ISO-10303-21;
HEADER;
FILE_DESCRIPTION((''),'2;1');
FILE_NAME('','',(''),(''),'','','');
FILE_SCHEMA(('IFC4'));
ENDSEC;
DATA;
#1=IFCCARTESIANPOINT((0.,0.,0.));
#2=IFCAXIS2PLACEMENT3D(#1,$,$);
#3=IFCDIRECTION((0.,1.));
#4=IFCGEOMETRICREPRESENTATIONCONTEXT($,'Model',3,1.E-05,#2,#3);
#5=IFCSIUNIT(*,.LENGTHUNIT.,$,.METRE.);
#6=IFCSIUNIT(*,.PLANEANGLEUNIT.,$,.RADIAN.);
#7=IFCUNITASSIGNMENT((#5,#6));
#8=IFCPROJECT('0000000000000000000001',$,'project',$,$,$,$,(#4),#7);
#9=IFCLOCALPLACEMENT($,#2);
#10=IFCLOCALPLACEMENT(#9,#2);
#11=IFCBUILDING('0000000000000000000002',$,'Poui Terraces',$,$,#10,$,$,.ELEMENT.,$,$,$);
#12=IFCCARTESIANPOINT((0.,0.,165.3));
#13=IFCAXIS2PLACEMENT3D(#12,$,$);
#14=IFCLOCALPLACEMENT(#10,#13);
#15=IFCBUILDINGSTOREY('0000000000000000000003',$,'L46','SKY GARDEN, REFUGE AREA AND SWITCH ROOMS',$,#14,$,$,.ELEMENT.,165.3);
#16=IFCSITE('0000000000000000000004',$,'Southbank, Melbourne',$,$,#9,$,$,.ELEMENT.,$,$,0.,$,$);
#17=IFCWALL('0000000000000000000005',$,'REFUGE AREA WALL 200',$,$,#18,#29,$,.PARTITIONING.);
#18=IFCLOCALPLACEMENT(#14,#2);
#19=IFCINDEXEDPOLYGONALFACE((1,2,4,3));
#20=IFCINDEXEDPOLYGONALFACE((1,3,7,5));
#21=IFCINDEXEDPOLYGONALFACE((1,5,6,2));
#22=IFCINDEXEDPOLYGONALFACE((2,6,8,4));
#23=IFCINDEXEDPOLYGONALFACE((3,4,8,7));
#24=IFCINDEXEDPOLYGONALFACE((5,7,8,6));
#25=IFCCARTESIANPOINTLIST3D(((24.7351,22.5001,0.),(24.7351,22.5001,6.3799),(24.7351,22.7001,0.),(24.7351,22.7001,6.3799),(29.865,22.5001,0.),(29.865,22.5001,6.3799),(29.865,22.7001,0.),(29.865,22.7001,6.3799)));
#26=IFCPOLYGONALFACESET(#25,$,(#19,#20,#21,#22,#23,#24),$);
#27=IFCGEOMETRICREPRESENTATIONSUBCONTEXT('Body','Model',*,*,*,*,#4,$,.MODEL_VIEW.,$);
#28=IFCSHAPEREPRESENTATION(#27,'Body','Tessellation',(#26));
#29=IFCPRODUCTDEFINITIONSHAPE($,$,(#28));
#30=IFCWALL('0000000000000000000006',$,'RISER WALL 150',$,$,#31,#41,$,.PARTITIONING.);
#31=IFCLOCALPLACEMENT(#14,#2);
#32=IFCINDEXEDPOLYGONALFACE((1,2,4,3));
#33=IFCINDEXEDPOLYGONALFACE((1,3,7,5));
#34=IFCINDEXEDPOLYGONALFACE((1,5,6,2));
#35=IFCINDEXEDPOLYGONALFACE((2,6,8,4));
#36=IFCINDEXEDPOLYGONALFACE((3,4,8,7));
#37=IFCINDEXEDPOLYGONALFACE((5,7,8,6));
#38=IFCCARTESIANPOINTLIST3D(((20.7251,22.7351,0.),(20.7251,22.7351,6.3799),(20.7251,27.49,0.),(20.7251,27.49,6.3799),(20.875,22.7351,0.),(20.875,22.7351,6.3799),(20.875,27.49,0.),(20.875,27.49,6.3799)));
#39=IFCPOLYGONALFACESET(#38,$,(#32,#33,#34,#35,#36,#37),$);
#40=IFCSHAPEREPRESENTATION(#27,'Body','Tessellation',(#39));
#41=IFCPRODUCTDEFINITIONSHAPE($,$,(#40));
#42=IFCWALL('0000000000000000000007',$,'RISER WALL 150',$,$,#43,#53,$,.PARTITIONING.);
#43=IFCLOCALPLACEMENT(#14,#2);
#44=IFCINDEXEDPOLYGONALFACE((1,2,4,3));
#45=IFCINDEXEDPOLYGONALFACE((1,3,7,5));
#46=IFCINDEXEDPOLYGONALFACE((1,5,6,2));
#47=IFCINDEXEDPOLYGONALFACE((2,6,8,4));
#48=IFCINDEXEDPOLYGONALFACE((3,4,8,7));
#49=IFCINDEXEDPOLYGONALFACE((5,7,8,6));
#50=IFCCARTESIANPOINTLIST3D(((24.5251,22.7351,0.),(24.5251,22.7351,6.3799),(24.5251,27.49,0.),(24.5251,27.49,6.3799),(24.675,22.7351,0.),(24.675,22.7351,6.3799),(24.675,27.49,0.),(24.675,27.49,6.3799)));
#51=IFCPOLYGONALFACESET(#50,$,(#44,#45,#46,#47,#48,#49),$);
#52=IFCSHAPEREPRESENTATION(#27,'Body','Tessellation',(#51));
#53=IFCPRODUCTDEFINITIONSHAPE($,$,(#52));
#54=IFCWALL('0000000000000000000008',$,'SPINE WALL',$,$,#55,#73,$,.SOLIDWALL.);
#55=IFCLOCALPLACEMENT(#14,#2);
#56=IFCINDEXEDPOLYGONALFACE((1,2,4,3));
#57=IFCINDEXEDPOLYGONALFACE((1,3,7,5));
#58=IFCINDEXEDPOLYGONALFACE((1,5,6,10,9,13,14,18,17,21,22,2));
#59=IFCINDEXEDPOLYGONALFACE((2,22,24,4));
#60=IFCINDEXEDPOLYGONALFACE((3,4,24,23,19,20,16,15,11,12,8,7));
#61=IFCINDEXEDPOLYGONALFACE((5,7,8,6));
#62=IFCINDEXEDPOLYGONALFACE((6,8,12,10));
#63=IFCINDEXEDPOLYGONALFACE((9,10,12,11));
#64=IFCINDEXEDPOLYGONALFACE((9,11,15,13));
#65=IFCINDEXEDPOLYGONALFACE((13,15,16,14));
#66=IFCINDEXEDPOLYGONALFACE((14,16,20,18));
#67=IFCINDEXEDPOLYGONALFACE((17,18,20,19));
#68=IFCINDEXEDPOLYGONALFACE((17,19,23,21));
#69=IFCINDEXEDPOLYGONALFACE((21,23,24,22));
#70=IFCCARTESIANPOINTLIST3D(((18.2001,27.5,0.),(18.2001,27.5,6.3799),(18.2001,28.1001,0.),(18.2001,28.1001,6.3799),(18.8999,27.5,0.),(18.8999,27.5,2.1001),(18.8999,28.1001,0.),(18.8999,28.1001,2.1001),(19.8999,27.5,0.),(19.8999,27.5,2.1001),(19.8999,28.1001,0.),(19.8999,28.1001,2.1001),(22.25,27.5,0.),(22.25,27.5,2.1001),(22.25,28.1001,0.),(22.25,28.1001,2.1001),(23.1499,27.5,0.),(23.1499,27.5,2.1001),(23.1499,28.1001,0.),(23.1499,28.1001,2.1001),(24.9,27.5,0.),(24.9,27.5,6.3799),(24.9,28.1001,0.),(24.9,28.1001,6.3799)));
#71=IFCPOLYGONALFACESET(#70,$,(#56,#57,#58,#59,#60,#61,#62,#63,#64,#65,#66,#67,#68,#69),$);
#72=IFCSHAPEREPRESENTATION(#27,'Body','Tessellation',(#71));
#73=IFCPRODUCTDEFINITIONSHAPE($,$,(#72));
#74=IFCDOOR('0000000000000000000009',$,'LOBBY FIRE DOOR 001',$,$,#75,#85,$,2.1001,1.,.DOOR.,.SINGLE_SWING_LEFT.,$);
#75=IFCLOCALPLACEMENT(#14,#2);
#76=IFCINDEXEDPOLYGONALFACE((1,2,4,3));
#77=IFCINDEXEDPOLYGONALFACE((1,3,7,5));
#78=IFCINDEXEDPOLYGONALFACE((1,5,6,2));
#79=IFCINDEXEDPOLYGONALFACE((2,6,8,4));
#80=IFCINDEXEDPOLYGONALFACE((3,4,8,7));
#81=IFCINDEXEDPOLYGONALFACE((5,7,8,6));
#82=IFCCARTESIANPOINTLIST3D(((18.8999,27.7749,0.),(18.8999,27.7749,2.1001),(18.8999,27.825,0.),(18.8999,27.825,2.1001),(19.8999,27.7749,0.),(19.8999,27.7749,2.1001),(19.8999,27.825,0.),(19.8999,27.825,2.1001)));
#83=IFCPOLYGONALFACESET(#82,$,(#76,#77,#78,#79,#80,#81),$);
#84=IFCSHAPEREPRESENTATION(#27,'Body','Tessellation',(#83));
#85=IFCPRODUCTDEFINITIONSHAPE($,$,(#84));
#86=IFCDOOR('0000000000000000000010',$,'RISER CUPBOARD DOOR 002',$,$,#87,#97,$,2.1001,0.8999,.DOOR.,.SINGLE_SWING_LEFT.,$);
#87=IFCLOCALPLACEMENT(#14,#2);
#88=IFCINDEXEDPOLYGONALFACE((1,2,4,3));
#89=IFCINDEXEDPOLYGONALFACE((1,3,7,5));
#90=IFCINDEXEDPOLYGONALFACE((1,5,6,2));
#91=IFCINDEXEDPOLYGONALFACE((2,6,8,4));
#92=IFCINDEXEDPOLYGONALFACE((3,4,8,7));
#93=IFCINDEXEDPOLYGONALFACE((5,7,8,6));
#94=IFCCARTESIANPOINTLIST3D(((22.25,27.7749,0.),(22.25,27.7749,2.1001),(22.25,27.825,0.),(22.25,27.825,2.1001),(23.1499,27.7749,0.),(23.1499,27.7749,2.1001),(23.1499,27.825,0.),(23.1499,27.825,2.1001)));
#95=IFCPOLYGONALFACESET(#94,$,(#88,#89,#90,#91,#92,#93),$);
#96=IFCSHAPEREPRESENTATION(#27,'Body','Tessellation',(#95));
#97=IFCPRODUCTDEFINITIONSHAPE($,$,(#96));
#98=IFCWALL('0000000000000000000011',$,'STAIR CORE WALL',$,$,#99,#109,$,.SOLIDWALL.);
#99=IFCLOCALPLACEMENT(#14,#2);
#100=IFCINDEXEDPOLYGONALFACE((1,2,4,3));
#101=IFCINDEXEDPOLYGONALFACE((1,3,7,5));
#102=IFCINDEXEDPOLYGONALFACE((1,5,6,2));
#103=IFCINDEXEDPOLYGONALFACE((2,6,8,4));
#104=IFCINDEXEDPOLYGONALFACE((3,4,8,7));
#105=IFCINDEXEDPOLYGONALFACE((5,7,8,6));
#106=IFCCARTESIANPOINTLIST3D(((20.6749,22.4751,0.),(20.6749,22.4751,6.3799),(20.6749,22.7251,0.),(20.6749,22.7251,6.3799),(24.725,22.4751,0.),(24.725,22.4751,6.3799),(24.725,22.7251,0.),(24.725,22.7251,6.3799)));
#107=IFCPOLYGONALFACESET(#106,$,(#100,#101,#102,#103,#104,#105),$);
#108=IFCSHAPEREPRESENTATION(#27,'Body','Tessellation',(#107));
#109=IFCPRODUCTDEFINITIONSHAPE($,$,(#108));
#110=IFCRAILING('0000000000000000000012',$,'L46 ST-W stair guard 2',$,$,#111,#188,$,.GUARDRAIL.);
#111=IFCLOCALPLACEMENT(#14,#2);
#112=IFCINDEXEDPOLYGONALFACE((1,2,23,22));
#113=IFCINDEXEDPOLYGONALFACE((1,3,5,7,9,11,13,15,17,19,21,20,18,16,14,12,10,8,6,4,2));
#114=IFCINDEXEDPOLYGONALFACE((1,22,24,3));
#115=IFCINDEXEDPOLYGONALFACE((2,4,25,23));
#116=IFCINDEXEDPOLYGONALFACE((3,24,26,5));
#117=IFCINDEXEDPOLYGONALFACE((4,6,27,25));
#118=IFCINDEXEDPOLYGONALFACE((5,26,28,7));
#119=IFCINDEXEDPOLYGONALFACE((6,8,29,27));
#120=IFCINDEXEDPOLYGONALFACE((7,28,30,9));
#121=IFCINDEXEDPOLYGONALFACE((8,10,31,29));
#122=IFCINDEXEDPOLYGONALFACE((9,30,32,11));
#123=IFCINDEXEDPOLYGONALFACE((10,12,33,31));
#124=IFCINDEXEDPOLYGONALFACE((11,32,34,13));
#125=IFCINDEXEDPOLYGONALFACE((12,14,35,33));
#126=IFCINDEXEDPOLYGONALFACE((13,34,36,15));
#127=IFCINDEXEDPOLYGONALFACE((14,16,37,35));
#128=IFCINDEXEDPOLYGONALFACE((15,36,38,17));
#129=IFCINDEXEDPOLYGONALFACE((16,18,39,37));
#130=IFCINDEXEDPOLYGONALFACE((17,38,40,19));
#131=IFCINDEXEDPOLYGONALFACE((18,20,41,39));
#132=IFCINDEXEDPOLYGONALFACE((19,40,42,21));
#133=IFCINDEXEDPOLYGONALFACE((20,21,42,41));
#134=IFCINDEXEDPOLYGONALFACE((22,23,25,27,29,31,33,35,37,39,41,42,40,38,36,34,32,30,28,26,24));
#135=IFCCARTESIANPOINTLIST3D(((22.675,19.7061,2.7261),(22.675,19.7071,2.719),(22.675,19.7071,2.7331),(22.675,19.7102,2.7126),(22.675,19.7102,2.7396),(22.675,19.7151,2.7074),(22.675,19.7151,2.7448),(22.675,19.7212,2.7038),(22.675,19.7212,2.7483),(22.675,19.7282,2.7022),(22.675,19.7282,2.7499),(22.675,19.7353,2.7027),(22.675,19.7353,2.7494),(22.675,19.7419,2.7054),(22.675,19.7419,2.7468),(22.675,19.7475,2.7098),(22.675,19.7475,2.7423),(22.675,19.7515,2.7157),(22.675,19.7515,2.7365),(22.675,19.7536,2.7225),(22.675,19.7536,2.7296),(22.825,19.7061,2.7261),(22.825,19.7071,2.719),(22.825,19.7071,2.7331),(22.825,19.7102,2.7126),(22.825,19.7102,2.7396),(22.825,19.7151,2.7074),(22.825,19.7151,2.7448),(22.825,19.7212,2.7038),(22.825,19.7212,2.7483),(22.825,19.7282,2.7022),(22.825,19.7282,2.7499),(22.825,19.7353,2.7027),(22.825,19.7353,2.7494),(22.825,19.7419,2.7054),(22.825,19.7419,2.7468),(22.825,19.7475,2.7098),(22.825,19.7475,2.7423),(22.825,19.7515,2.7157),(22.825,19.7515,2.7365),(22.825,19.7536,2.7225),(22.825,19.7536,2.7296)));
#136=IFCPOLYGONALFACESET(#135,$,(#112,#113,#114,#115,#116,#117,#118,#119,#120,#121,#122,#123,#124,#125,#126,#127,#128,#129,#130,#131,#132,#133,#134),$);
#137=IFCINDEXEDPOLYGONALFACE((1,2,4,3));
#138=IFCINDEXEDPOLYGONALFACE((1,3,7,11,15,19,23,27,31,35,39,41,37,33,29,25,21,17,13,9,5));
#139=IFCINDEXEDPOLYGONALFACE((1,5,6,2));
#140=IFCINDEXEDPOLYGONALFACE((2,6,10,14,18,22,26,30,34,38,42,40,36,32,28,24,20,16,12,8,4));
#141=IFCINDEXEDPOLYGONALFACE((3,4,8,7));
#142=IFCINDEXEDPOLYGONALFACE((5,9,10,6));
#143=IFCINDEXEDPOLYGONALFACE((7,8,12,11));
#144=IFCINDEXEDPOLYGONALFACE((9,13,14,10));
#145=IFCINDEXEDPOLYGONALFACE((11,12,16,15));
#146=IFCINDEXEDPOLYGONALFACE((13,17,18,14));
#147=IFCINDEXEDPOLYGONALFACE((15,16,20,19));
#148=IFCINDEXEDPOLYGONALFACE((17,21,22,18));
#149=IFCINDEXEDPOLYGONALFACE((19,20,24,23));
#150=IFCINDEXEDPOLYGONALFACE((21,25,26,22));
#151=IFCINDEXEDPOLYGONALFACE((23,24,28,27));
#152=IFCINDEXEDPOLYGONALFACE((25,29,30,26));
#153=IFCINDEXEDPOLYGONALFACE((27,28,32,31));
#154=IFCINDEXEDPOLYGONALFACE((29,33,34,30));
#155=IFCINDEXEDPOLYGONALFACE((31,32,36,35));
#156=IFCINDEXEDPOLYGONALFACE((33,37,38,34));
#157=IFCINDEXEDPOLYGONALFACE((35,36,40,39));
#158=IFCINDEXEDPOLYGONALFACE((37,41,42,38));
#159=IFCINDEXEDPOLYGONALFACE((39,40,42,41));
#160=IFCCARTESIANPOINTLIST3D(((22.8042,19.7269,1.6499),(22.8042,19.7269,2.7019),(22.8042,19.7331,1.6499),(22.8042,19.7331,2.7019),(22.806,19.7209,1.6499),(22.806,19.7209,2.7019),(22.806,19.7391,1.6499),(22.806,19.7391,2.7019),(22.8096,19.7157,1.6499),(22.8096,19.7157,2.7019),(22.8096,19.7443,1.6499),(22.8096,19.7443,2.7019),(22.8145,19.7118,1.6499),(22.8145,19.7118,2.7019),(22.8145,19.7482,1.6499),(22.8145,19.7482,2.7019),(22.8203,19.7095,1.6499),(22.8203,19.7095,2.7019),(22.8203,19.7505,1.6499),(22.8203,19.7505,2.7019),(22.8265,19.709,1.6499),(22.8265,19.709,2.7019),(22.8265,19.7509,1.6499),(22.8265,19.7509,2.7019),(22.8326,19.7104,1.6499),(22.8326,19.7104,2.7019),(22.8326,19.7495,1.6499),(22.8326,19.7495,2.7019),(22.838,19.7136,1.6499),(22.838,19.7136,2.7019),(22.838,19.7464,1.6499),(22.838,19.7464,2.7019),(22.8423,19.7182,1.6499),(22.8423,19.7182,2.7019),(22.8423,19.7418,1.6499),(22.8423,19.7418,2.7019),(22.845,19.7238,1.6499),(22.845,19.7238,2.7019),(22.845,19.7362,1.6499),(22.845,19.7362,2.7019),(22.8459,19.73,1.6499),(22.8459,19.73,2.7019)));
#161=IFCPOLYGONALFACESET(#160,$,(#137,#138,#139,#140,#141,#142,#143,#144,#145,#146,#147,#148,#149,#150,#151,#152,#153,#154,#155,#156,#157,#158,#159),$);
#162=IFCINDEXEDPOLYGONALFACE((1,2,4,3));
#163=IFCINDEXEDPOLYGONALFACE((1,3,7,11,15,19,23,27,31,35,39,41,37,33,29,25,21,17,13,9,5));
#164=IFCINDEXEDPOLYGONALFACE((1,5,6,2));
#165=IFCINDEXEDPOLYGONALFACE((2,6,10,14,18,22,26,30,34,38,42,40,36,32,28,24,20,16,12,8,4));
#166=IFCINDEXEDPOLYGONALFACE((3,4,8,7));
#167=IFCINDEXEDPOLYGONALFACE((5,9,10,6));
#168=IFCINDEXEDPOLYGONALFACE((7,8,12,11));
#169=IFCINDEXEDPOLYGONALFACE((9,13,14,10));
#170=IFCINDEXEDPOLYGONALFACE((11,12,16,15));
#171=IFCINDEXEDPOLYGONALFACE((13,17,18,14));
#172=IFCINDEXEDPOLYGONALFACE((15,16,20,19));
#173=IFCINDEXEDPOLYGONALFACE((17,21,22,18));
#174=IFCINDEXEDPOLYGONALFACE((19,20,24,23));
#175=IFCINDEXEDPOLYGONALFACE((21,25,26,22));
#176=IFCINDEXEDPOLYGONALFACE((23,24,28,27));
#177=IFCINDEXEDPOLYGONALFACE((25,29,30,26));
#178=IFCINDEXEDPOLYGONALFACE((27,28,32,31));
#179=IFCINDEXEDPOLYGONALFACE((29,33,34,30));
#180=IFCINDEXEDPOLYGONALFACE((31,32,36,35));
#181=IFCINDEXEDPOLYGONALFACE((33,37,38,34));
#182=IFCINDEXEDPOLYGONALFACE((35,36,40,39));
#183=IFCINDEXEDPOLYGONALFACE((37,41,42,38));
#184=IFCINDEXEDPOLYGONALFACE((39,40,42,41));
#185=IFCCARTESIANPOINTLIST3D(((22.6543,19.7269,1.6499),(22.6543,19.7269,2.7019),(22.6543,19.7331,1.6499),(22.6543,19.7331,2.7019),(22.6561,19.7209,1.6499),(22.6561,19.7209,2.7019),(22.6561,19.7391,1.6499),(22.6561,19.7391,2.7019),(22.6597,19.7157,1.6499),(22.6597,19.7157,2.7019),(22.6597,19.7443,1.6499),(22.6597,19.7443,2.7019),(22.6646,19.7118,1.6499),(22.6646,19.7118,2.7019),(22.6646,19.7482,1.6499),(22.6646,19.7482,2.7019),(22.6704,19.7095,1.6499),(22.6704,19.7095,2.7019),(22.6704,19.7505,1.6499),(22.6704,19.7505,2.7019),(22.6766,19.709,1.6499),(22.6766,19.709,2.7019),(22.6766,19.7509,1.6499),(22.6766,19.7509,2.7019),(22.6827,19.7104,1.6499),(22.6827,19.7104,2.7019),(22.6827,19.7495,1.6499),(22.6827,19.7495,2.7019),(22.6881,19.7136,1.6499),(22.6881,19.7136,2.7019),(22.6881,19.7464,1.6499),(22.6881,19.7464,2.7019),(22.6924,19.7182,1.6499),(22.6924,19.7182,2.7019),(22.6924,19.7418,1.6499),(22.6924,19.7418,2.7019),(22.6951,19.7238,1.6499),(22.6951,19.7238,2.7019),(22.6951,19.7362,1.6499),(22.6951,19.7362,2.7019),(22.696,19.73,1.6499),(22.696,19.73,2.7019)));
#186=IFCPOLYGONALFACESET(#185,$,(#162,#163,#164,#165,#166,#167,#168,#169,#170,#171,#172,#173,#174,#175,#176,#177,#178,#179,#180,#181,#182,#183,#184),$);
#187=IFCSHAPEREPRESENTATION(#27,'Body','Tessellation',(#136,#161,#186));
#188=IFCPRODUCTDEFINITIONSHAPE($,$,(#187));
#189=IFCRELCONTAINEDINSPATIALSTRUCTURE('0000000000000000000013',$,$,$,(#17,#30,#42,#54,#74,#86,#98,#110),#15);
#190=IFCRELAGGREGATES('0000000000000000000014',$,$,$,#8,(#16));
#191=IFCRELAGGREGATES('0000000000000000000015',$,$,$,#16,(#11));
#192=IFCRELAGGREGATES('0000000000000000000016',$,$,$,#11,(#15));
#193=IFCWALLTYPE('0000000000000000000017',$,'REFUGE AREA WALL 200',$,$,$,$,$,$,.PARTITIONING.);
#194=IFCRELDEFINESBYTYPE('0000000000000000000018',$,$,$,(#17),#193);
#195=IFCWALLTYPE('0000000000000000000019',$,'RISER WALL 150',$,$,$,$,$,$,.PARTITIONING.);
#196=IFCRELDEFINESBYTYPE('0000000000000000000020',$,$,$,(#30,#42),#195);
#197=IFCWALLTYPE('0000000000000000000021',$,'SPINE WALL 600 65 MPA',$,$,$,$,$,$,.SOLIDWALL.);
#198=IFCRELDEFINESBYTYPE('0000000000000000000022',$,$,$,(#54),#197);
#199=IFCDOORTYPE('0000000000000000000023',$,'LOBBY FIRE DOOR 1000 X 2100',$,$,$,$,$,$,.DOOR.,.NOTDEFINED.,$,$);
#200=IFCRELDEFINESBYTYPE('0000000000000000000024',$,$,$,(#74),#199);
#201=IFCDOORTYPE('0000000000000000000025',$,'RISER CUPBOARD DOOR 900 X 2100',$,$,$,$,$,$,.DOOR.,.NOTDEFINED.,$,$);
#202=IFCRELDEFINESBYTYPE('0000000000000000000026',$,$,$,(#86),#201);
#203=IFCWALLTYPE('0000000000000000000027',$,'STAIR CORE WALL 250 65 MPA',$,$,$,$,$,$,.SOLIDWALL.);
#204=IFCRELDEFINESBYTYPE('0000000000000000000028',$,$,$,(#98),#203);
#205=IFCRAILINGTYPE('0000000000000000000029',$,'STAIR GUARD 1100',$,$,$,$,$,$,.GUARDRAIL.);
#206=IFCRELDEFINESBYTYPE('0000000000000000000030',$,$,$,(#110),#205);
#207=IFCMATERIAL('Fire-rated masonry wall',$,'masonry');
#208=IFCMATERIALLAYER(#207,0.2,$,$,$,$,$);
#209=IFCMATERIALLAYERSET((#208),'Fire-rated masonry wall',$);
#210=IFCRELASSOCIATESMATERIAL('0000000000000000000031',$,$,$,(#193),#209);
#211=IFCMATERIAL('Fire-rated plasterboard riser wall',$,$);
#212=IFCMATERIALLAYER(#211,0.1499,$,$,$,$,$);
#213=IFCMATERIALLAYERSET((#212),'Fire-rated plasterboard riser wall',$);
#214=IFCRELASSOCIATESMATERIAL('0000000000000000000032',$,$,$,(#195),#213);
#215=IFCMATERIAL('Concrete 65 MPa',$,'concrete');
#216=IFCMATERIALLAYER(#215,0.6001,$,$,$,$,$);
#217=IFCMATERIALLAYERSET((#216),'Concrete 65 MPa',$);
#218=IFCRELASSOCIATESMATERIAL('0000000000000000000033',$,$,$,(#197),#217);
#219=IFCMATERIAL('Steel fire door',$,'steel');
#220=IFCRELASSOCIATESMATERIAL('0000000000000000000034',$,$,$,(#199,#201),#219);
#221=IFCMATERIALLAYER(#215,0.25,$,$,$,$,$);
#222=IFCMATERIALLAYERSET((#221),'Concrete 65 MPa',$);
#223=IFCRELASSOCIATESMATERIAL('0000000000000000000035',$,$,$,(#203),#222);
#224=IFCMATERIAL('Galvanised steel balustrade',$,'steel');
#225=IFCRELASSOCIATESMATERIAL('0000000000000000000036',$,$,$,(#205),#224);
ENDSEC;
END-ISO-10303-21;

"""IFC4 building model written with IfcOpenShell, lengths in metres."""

from ifc_helpers import new_model, si_unit, direction, frame, frame_2d, origin, origin_2d, place, context, subcontext, project, spatial, rectangle, circle, extrude, material, layer, layer_set, type_object, element, fill, save


model = new_model("IFC4")

# Units and contexts
model_context = context("Model", 3, precision=1e-05, world=origin(), true_north=direction((0.0, 1.0)))
body_context = subcontext(model_context, "Body", "Model", "MODEL_VIEW")
ifc_project = project(units=[si_unit("LENGTHUNIT", "METRE"), si_unit("PLANEANGLEUNIT", "RADIAN")], contexts=[model_context])

# Site, building, storey
site_placement = place(None, origin())
site = spatial("IfcSite", under=ifc_project, at=site_placement, Name="Southbank, Melbourne", CompositionType="ELEMENT", RefElevation=0.0)
building_placement = place(site_placement, origin())
building = spatial("IfcBuilding", under=site, at=building_placement, Name="Poui Terraces", CompositionType="ELEMENT")
storey_placement = place(building_placement, frame((0.0, 0.0, 165.3)))
storey = spatial("IfcBuildingStorey", under=building, at=storey_placement, Name="L46", Description="SKY GARDEN, REFUGE AREA AND SWITCH ROOMS", CompositionType="ELEMENT", Elevation=165.3)

# Walls
ifc_material_1 = material(Name="Fire-rated masonry wall", Category="masonry")
ifc_layer_1 = layer(ifc_material_1, 0.2)
ifc_layer_set_1 = layer_set([ifc_layer_1], Name="Fire-rated masonry wall")
wall_type_1 = type_object("IfcWallType", Name="REFUGE AREA WALL 200", PredefinedType="PARTITIONING", material=ifc_layer_set_1)
wall_1_placement = place(storey_placement, frame((24.7351, 22.6001, 0.0), z_axis=(0.0, 0.0, 1.0), x_axis=(1.0, 0.0, 0.0)))
element("IfcWall", 1, at=wall_1_placement, inside=storey, type_object=wall_type_1, Name="REFUGE AREA WALL 200", PredefinedType="PARTITIONING", context=body_context, shape_type="SweptSolid", body=[
    extrude(rectangle(XDim=5.1299, YDim=0.2, at=frame_2d((2.5649, 0.0))), origin(), (0.0, 0.0, 1.0), 6.3799),
])
ifc_material_2 = material(Name="Fire-rated plasterboard riser wall")
ifc_layer_2 = layer(ifc_material_2, 0.1499)
ifc_layer_set_2 = layer_set([ifc_layer_2], Name="Fire-rated plasterboard riser wall")
wall_type_2 = type_object("IfcWallType", Name="RISER WALL 150", PredefinedType="PARTITIONING", material=ifc_layer_set_2)
for number, where, z_axis, x_axis, name in (
    (2, (20.8, 22.7351, 0.0), (0.0, 0.0, 1.0), (0.0, 1.0, 0.0), "RISER WALL 150"),
    (3, (24.6001, 22.7351, 0.0), (0.0, 0.0, 1.0), (0.0, 1.0, 0.0), "RISER WALL 150"),
):
    element("IfcWall", number, at=place(storey_placement, frame(where, z_axis=z_axis, x_axis=x_axis)), inside=storey, type_object=wall_type_2, Name=name, PredefinedType="PARTITIONING", context=body_context, shape_type="SweptSolid", body=[
        extrude(rectangle(XDim=4.7549, YDim=0.1499, at=frame_2d((2.3774, 0.0))), origin(), (0.0, 0.0, 1.0), 6.3799),
    ])

# Wall, openings, doors
ifc_material_3 = material(Name="Concrete 65 MPa", Category="concrete")
ifc_layer_3 = layer(ifc_material_3, 0.6001)
ifc_layer_set_3 = layer_set([ifc_layer_3], Name="Concrete 65 MPa")
wall_type_3 = type_object("IfcWallType", Name="SPINE WALL 600 65 MPA", PredefinedType="SOLIDWALL", material=ifc_layer_set_3)
wall_2_placement = place(storey_placement, frame((18.2, 27.8, 0.0), z_axis=(0.0, 0.0, 1.0), x_axis=(1.0, 0.0, 0.0)))
wall_2 = element("IfcWall", 4, at=wall_2_placement, inside=storey, type_object=wall_type_3, Name="SPINE WALL", PredefinedType="SOLIDWALL", context=body_context, shape_type="SweptSolid", body=[
    extrude(rectangle(XDim=6.7, YDim=0.6001, at=frame_2d((3.3501, 0.0))), origin(), (0.0, 0.0, 1.0), 6.3799),
])
opening_1_placement = place(wall_2_placement, frame((0.7, 0.0, 0.0)))
opening_1 = element("IfcOpeningElement", 5, at=opening_1_placement, cuts=wall_2, PredefinedType="OPENING", context=body_context, shape_type="SweptSolid", body=[
    extrude(rectangle(XDim=1.0, YDim=2.1001, at=frame_2d((0.5, 1.05))), frame((0.0, 0.3101, 0.0), z_axis=(0.0, -1.0, 0.0), x_axis=(1.0, 0.0, 0.0)), (0.0, 0.0, 1.0), 0.6201),
])
opening_2_placement = place(wall_2_placement, frame((4.05, 0.0, 0.0)))
opening_2 = element("IfcOpeningElement", 6, at=opening_2_placement, cuts=wall_2, PredefinedType="OPENING", context=body_context, shape_type="SweptSolid", body=[
    extrude(rectangle(XDim=0.8999, YDim=2.1001, at=frame_2d((0.45, 1.05))), frame((0.0, 0.3101, 0.0), z_axis=(0.0, -1.0, 0.0), x_axis=(1.0, 0.0, 0.0)), (0.0, 0.0, 1.0), 0.6201),
])
ifc_material_4 = material(Name="Steel fire door", Category="steel")
door_type_1 = type_object("IfcDoorType", Name="LOBBY FIRE DOOR 1000 X 2100", OperationType="NOTDEFINED", PredefinedType="DOOR", material=ifc_material_4)
door_1_placement = place(opening_1_placement, origin())
door_1 = element("IfcDoor", 7, at=door_1_placement, inside=storey, type_object=door_type_1, Name="LOBBY FIRE DOOR 001", OperationType="SINGLE_SWING_LEFT", OverallHeight=2.1001, OverallWidth=1.0, PredefinedType="DOOR", context=body_context, shape_type="SweptSolid", body=[
    extrude(rectangle(XDim=1.0, YDim=2.1001, at=frame_2d((0.5, 1.05))), frame((0.0, 0.0249, 0.0), z_axis=(0.0, -1.0, 0.0), x_axis=(1.0, 0.0, 0.0)), (0.0, 0.0, 1.0), 0.05),
])
fill(opening_1, door_1)
door_type_2 = type_object("IfcDoorType", Name="RISER CUPBOARD DOOR 900 X 2100", OperationType="NOTDEFINED", PredefinedType="DOOR", material=ifc_material_4)
door_2_placement = place(opening_2_placement, origin())
door_2 = element("IfcDoor", 8, at=door_2_placement, inside=storey, type_object=door_type_2, Name="RISER CUPBOARD DOOR 002", OperationType="SINGLE_SWING_LEFT", OverallHeight=2.1001, OverallWidth=0.8999, PredefinedType="DOOR", context=body_context, shape_type="SweptSolid", body=[
    extrude(rectangle(XDim=0.8999, YDim=2.1001, at=frame_2d((0.45, 1.05))), frame((0.0, 0.0249, 0.0), z_axis=(0.0, -1.0, 0.0), x_axis=(1.0, 0.0, 0.0)), (0.0, 0.0, 1.0), 0.05),
])
fill(opening_2, door_2)

# Wall
ifc_layer_4 = layer(ifc_material_3, 0.25)
ifc_layer_set_4 = layer_set([ifc_layer_4], Name="Concrete 65 MPa")
wall_type_4 = type_object("IfcWallType", Name="STAIR CORE WALL 250 65 MPA", PredefinedType="SOLIDWALL", material=ifc_layer_set_4)
wall_3_placement = place(storey_placement, frame((20.675, 22.6001, 0.0), z_axis=(0.0, 0.0, 1.0), x_axis=(1.0, 0.0, 0.0)))
element("IfcWall", 9, at=wall_3_placement, inside=storey, type_object=wall_type_4, Name="STAIR CORE WALL", PredefinedType="SOLIDWALL", context=body_context, shape_type="SweptSolid", body=[
    extrude(rectangle(XDim=4.05, YDim=0.25, at=frame_2d((2.0249, 0.0))), origin(), (0.0, 0.0, 1.0), 6.3799),
])

# Railing
ifc_material_5 = material(Name="Galvanised steel balustrade", Category="steel")
railing_type = type_object("IfcRailingType", Name="STAIR GUARD 1100", PredefinedType="GUARDRAIL", material=ifc_material_5)
for number, where, name in (
    (10, (22.825, 19.73, 1.6499), "L46 ST-W stair guard 2"),
):
    element("IfcRailing", number, at=place(storey_placement, frame(where)), inside=storey, type_object=railing_type, Name=name, PredefinedType="GUARDRAIL", context=body_context, shape_type="SweptSolid", body=[
        extrude(circle(Radius=0.0239, at=origin_2d()), frame((0.0, 0.0, 1.0762), z_axis=(-1.0, 0.0, 0.0), x_axis=(0.0, -1.0, 0.0)), (0.0, 0.0, 1.0), 0.1499),
        extrude(circle(Radius=0.021, at=origin_2d()), origin(), (0.0, 0.0, 1.0), 1.052),
        extrude(circle(Radius=0.021, at=origin_2d()), frame((-0.1499, 0.0, 0.0)), (0.0, 0.0, 1.0), 1.052),
    ])

save(model, "model.ifc")
